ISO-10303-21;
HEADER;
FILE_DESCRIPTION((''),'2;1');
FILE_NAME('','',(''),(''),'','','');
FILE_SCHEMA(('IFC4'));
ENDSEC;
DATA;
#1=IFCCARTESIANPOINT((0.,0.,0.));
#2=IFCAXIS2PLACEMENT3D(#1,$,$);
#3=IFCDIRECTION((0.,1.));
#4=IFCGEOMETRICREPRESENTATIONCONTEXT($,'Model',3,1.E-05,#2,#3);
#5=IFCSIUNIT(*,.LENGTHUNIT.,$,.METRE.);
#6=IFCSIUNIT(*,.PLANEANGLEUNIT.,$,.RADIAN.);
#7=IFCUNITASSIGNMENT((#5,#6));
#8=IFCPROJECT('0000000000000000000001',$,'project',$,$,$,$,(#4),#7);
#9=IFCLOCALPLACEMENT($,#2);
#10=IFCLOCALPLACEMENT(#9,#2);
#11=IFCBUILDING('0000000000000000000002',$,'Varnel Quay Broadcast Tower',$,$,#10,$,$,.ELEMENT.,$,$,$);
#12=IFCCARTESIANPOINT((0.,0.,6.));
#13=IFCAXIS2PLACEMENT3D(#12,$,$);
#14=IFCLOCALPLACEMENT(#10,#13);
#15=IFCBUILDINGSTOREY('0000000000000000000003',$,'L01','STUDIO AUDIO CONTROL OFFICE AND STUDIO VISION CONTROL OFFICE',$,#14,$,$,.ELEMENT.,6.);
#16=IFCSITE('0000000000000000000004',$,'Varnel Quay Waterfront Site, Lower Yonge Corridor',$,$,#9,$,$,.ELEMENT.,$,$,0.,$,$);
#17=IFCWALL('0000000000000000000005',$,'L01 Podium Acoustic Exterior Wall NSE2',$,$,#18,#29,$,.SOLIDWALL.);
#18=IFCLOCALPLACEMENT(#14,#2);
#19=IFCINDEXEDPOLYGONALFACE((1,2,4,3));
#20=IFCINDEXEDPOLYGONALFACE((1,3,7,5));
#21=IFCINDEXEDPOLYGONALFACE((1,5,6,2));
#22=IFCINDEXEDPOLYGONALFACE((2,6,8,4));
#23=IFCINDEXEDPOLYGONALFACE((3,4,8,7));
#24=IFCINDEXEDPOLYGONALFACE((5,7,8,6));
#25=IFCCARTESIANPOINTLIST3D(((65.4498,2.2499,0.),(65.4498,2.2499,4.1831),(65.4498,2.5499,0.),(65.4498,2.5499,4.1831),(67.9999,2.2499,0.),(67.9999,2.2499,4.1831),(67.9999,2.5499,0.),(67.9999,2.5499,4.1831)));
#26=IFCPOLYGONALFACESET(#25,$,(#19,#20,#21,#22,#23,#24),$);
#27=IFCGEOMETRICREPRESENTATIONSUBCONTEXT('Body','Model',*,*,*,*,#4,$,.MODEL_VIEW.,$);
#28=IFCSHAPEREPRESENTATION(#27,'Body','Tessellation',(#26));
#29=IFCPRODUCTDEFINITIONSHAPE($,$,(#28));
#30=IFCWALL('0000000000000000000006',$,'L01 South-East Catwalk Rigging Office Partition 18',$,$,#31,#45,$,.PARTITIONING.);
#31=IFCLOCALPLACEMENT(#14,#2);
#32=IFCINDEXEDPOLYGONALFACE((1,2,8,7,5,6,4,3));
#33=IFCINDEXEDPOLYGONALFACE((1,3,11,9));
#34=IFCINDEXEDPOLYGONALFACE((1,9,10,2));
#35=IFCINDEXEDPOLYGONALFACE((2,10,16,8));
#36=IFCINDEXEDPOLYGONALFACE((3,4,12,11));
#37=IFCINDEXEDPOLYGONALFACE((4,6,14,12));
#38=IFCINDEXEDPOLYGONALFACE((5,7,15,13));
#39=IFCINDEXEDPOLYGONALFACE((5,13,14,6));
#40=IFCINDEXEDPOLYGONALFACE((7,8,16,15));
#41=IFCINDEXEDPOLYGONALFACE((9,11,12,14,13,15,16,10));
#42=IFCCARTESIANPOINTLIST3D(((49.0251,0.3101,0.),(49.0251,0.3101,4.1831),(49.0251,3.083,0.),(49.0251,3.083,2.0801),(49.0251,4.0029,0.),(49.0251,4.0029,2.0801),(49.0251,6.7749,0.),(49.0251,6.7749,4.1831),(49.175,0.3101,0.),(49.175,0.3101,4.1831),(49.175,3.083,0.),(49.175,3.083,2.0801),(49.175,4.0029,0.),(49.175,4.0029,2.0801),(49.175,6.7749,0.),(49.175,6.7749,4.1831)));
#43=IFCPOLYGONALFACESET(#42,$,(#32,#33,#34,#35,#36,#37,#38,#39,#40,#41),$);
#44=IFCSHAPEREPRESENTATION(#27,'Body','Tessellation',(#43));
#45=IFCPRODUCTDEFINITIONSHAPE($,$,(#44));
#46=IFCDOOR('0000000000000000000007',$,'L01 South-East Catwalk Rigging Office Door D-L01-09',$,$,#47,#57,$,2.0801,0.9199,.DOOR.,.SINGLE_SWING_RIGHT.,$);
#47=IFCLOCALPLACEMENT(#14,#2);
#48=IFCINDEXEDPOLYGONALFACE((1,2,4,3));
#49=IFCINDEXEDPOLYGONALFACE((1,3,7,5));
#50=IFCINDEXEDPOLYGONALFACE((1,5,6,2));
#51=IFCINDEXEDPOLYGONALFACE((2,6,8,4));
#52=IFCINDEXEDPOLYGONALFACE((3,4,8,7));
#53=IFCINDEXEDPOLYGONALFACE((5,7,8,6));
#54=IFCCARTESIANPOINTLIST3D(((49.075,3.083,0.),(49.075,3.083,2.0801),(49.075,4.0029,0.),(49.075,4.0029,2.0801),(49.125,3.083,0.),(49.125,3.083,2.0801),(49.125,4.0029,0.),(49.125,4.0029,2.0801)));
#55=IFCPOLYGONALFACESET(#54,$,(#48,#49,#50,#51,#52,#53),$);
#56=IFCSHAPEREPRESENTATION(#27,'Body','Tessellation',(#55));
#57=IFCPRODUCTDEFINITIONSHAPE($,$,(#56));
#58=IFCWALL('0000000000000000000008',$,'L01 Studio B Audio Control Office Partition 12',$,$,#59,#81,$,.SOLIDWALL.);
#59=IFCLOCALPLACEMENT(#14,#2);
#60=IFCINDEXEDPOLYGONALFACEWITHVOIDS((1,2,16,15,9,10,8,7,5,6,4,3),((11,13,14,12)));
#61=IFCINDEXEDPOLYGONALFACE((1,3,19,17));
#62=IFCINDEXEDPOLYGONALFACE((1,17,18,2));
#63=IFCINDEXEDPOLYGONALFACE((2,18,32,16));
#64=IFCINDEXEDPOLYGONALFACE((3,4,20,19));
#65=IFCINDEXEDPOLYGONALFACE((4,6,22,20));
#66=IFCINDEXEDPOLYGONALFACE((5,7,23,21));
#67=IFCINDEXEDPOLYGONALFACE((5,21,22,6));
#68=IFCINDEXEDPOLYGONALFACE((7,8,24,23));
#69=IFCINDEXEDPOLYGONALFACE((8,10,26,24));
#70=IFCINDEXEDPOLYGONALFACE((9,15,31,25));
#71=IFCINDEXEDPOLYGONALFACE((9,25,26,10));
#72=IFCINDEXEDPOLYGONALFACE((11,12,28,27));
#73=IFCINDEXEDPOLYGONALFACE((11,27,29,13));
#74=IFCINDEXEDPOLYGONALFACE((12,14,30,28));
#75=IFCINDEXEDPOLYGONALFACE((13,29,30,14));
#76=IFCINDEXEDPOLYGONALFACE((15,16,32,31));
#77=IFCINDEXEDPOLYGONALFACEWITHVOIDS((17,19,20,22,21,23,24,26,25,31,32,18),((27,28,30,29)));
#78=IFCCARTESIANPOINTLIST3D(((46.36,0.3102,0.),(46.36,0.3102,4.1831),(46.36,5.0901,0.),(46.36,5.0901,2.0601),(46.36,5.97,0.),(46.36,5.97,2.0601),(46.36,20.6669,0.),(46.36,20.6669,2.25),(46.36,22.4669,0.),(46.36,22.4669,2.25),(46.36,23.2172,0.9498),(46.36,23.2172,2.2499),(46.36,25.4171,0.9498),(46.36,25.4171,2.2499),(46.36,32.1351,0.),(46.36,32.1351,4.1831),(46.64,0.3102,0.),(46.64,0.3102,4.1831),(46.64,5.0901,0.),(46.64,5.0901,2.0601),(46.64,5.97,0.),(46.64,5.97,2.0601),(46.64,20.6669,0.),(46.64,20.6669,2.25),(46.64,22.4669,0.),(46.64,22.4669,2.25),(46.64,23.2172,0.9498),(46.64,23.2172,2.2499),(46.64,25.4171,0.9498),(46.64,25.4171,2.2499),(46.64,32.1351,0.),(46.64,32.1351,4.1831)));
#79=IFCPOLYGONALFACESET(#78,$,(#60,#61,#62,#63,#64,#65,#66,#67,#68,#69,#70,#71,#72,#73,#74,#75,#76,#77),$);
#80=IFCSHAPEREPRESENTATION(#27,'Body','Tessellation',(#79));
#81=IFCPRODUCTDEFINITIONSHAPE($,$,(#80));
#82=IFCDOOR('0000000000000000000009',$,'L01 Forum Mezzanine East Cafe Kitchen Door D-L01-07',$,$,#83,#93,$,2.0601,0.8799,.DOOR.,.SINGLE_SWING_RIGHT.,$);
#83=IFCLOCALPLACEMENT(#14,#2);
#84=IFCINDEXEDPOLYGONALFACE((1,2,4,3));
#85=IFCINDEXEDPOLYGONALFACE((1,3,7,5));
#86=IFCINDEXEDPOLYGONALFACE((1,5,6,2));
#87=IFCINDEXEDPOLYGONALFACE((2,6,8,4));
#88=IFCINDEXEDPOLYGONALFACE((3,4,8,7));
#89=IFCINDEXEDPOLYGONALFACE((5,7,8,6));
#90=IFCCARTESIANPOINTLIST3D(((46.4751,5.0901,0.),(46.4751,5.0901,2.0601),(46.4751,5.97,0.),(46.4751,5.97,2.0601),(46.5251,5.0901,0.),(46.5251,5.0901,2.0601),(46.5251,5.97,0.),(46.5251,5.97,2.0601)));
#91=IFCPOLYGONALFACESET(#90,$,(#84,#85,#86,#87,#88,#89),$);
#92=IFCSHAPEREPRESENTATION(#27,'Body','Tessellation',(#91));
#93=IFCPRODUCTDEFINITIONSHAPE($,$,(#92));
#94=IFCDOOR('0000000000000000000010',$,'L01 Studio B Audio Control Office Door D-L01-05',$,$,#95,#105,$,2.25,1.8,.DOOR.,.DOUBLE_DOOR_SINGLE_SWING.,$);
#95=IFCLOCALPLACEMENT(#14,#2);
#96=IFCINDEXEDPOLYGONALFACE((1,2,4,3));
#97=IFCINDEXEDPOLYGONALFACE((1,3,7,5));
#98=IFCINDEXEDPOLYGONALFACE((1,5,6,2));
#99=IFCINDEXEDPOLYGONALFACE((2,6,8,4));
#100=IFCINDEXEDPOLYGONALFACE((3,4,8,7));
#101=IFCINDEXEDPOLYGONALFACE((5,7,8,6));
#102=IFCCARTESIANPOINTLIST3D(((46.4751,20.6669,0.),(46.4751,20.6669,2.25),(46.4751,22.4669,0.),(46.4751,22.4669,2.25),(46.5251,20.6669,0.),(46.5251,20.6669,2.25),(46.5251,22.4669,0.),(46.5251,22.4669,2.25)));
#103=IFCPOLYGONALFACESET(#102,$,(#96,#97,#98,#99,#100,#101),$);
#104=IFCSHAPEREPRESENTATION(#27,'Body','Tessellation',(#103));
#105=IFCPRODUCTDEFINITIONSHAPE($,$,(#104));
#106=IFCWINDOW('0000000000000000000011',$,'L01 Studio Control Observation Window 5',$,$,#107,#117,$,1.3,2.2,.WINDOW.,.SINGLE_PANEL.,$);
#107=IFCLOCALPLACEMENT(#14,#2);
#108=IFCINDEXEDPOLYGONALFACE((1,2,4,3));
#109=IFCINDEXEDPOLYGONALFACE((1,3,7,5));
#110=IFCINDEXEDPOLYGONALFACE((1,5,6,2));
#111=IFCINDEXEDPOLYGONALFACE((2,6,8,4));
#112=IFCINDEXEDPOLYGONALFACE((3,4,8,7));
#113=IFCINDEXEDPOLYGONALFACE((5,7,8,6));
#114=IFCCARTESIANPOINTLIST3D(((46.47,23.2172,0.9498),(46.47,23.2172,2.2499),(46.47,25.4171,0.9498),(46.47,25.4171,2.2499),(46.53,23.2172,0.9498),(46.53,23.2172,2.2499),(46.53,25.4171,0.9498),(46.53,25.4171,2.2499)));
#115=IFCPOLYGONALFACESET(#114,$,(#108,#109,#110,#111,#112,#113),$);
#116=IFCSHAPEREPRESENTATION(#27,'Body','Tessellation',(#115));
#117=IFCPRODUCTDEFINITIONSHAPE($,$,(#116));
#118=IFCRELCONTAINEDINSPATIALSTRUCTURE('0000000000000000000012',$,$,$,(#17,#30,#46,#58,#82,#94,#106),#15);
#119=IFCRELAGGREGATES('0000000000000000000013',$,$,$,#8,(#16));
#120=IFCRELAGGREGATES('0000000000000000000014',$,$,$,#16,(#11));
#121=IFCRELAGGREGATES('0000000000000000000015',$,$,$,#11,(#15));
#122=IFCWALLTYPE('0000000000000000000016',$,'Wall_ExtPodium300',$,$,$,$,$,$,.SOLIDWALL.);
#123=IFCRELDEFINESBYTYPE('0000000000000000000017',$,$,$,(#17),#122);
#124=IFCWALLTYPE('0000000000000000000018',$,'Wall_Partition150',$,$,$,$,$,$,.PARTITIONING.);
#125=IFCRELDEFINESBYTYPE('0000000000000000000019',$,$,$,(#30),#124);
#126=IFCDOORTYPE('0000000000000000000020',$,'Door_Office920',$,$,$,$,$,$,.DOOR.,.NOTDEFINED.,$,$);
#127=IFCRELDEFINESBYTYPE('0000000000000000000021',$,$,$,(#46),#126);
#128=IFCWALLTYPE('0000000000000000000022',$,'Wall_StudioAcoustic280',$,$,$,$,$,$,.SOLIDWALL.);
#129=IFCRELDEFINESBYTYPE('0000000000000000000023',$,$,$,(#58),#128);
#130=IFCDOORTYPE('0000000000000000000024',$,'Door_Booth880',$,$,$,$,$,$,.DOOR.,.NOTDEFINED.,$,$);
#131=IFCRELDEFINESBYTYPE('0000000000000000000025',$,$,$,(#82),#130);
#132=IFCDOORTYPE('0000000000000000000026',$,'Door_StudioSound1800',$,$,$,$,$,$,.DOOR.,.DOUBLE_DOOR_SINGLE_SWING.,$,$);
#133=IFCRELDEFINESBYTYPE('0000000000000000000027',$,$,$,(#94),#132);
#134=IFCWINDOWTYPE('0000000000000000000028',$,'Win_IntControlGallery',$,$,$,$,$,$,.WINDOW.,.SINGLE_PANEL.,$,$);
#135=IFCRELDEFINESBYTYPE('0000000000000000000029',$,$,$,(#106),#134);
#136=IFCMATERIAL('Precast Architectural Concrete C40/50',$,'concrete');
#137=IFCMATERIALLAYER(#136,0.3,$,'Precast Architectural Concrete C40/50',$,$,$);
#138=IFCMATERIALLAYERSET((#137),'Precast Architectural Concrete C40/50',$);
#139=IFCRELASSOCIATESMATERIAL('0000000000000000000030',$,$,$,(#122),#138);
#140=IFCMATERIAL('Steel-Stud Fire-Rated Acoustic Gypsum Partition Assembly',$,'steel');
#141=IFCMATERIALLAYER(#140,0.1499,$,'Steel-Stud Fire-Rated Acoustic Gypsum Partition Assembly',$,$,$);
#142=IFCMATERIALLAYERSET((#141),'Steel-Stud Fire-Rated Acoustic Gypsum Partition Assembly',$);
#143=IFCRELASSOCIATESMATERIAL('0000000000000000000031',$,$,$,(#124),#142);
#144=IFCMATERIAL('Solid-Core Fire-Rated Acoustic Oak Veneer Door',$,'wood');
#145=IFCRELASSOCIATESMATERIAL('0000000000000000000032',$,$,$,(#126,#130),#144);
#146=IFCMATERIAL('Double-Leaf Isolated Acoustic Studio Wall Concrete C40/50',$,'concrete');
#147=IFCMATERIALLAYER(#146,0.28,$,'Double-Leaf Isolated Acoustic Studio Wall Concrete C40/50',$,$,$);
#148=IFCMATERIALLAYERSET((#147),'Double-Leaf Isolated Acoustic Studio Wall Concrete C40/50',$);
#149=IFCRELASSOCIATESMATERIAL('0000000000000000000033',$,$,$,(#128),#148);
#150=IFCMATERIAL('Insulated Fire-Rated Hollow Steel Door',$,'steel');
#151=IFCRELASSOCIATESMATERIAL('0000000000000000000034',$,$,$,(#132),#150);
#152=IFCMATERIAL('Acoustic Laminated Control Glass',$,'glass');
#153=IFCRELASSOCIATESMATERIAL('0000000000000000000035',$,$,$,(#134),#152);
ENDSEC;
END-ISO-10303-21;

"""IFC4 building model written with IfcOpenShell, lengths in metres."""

from ifc_helpers import new_model, si_unit, direction, frame, frame_2d, origin, place, context, subcontext, project, spatial, rectangle, extrude, source, transform, mapped, material, layer, layer_set, type_object, type_shapes, element, fill, save


model = new_model("IFC4")

# Units and contexts
model_context = context("Model", 3, precision=1e-05, world=origin(), true_north=direction((0.0, 1.0)))
body_context = subcontext(model_context, "Body", "Model", "MODEL_VIEW")
ifc_project = project(units=[si_unit("LENGTHUNIT", "METRE"), si_unit("PLANEANGLEUNIT", "RADIAN")], contexts=[model_context])

# Site, building, storey
site_placement = place(None, origin())
site = spatial("IfcSite", under=ifc_project, at=site_placement, Name="Varnel Quay Waterfront Site, Lower Yonge Corridor", CompositionType="ELEMENT", RefElevation=0.0)
building_placement = place(site_placement, origin())
building = spatial("IfcBuilding", under=site, at=building_placement, Name="Varnel Quay Broadcast Tower", CompositionType="ELEMENT")
storey_placement = place(building_placement, frame((0.0, 0.0, 6.0)))
storey = spatial("IfcBuildingStorey", under=building, at=storey_placement, Name="L01", Description="STUDIO AUDIO CONTROL OFFICE AND STUDIO VISION CONTROL OFFICE", CompositionType="ELEMENT", Elevation=6.0)

# Shared definitions
ifc_material_1 = material(Name="Precast Architectural Concrete C40/50", Category="concrete")
ifc_layer_1 = layer(ifc_material_1, 0.3, Name="Precast Architectural Concrete C40/50")
ifc_layer_set_1 = layer_set([ifc_layer_1], Name="Precast Architectural Concrete C40/50")
wall_type_1 = type_object("IfcWallType", Name="Wall_ExtPodium300", PredefinedType="SOLIDWALL", material=ifc_layer_set_1)

# Wall
for number, where, z_axis, x_axis, name in (
    (1, (65.45, 2.3999, 0.0), (0.0, 0.0, 1.0), (1.0, 0.0, 0.0), "L01 Podium Acoustic Exterior Wall NSE2"),
):
    element("IfcWall", number, at=place(storey_placement, frame(where, z_axis=z_axis, x_axis=x_axis)), inside=storey, type_object=wall_type_1, Name=name, PredefinedType="SOLIDWALL", context=body_context, shape_type="SweptSolid", body=[
        extrude(rectangle(XDim=2.55, YDim=0.3, at=frame_2d((1.2749, 0.0))), origin(), (0.0, 0.0, 1.0), 4.1831),
    ])

# Wall, opening, door
ifc_material_2 = material(Name="Steel-Stud Fire-Rated Acoustic Gypsum Partition Assembly", Category="steel")
ifc_layer_2 = layer(ifc_material_2, 0.1499, Name="Steel-Stud Fire-Rated Acoustic Gypsum Partition Assembly")
ifc_layer_set_2 = layer_set([ifc_layer_2], Name="Steel-Stud Fire-Rated Acoustic Gypsum Partition Assembly")
wall_type_2 = type_object("IfcWallType", Name="Wall_Partition150", PredefinedType="PARTITIONING", material=ifc_layer_set_2)
wall_1_placement = place(storey_placement, frame((49.1001, 0.3101, 0.0), z_axis=(0.0, 0.0, 1.0), x_axis=(0.0, 1.0, 0.0)))
wall_1 = element("IfcWall", 2, at=wall_1_placement, inside=storey, type_object=wall_type_2, Name="L01 South-East Catwalk Rigging Office Partition 18", PredefinedType="PARTITIONING", context=body_context, shape_type="SweptSolid", body=[
    extrude(rectangle(XDim=6.4648, YDim=0.1499, at=frame_2d((3.2324, 0.0))), origin(), (0.0, 0.0, 1.0), 4.1831),
])
opening_1_placement = place(wall_1_placement, frame((2.7729, 0.0, 0.0)))
opening_1 = element("IfcOpeningElement", 3, at=opening_1_placement, cuts=wall_1, PredefinedType="OPENING", context=body_context, shape_type="SweptSolid", body=[
    extrude(rectangle(XDim=0.9199, YDim=2.0801, at=frame_2d((0.46, 1.04))), frame((0.0, 0.085, 0.0), z_axis=(0.0, -1.0, 0.0), x_axis=(1.0, 0.0, 0.0)), (0.0, 0.0, 1.0), 0.1699),
])
ifc_material_3 = material(Name="Solid-Core Fire-Rated Acoustic Oak Veneer Door", Category="wood")
door_type_1 = type_object("IfcDoorType", Name="Door_Office920", OperationType="NOTDEFINED", PredefinedType="DOOR", material=ifc_material_3)
shared_shape_1 = source(origin(), body_context, "Body", "SweptSolid", [
    extrude(rectangle(XDim=0.9199, YDim=2.0801, at=frame_2d((0.46, 1.04))), frame((0.0, 0.0249, 0.0), z_axis=(0.0, -1.0, 0.0), x_axis=(1.0, 0.0, 0.0)), (0.0, 0.0, 1.0), 0.05),
])
type_shapes(door_type_1, [shared_shape_1])
door_1_placement = place(opening_1_placement, frame((0.9199, 0.0, 0.0), z_axis=(0.0, 0.0, 1.0), x_axis=(-1.0, 0.0, 0.0)))
door_1 = element("IfcDoor", 4, at=door_1_placement, inside=storey, type_object=door_type_1, Name="L01 South-East Catwalk Rigging Office Door D-L01-09", OperationType="SINGLE_SWING_RIGHT", OverallHeight=2.0801, OverallWidth=0.9199, PredefinedType="DOOR", context=body_context, shape_type="MappedRepresentation", body=[
    mapped(shared_shape_1, transform((0.0, 0.0, 0.0), x_axis=(1.0, 0.0, 0.0), y_axis=(0.0, 1.0, 0.0), z_axis=(0.0, 0.0, 1.0), scale=1.0)),
])
fill(opening_1, door_1)

# Wall, openings, doors, window
ifc_material_4 = material(Name="Double-Leaf Isolated Acoustic Studio Wall Concrete C40/50", Category="concrete")
ifc_layer_3 = layer(ifc_material_4, 0.28, Name="Double-Leaf Isolated Acoustic Studio Wall Concrete C40/50")
ifc_layer_set_3 = layer_set([ifc_layer_3], Name="Double-Leaf Isolated Acoustic Studio Wall Concrete C40/50")
wall_type_3 = type_object("IfcWallType", Name="Wall_StudioAcoustic280", PredefinedType="SOLIDWALL", material=ifc_layer_set_3)
wall_2_placement = place(storey_placement, frame((46.5, 0.3101, 0.0), z_axis=(0.0, 0.0, 1.0), x_axis=(0.0, 1.0, 0.0)))
wall_2 = element("IfcWall", 5, at=wall_2_placement, inside=storey, type_object=wall_type_3, Name="L01 Studio B Audio Control Office Partition 12", PredefinedType="SOLIDWALL", context=body_context, shape_type="SweptSolid", body=[
    extrude(rectangle(XDim=31.825, YDim=0.28, at=frame_2d((15.9126, 0.0))), origin(), (0.0, 0.0, 1.0), 4.1831),
])
opening_2_placement = place(wall_2_placement, frame((20.3569, 0.0, 0.0)))
opening_2 = element("IfcOpeningElement", 6, at=opening_2_placement, cuts=wall_2, PredefinedType="OPENING", context=body_context, shape_type="SweptSolid", body=[
    extrude(rectangle(XDim=1.8, YDim=2.25, at=frame_2d((0.8999, 1.125))), frame((0.0, 0.1499, 0.0), z_axis=(0.0, -1.0, 0.0), x_axis=(1.0, 0.0, 0.0)), (0.0, 0.0, 1.0), 0.3),
])
opening_3_placement = place(wall_2_placement, frame((22.907, 0.0, 0.95)))
opening_3 = element("IfcOpeningElement", 7, at=opening_3_placement, cuts=wall_2, PredefinedType="OPENING", context=body_context, shape_type="SweptSolid", body=[
    extrude(rectangle(XDim=2.2, YDim=1.3, at=frame_2d((1.1001, 0.6499))), frame((0.0, 0.1499, 0.0), z_axis=(0.0, -1.0, 0.0), x_axis=(1.0, 0.0, 0.0)), (0.0, 0.0, 1.0), 0.3),
])
opening_4_placement = place(wall_2_placement, frame((4.78, 0.0, 0.0)))
opening_4 = element("IfcOpeningElement", 8, at=opening_4_placement, cuts=wall_2, PredefinedType="OPENING", context=body_context, shape_type="SweptSolid", body=[
    extrude(rectangle(XDim=0.8799, YDim=2.0601, at=frame_2d((0.4399, 1.03))), frame((0.0, 0.1499, 0.0), z_axis=(0.0, -1.0, 0.0), x_axis=(1.0, 0.0, 0.0)), (0.0, 0.0, 1.0), 0.3),
])
door_type_2 = type_object("IfcDoorType", Name="Door_Booth880", OperationType="NOTDEFINED", PredefinedType="DOOR", material=ifc_material_3)
shared_shape_2 = source(origin(), body_context, "Body", "SweptSolid", [
    extrude(rectangle(XDim=0.8799, YDim=2.0601, at=frame_2d((0.4399, 1.03))), frame((0.0, 0.0249, 0.0), z_axis=(0.0, -1.0, 0.0), x_axis=(1.0, 0.0, 0.0)), (0.0, 0.0, 1.0), 0.05),
])
type_shapes(door_type_2, [shared_shape_2])
door_2_placement = place(opening_4_placement, origin())
door_2 = element("IfcDoor", 9, at=door_2_placement, inside=storey, type_object=door_type_2, Name="L01 Forum Mezzanine East Cafe Kitchen Door D-L01-07", OperationType="SINGLE_SWING_RIGHT", OverallHeight=2.0601, OverallWidth=0.8799, PredefinedType="DOOR", context=body_context, shape_type="MappedRepresentation", body=[
    mapped(shared_shape_2, transform((0.0, 0.0, 0.0), x_axis=(1.0, 0.0, 0.0), y_axis=(0.0, 1.0, 0.0), z_axis=(0.0, 0.0, 1.0), scale=1.0)),
])
fill(opening_4, door_2)
ifc_material_5 = material(Name="Insulated Fire-Rated Hollow Steel Door", Category="steel")
door_type_3 = type_object("IfcDoorType", Name="Door_StudioSound1800", OperationType="DOUBLE_DOOR_SINGLE_SWING", PredefinedType="DOOR", material=ifc_material_5)
shared_shape_3 = source(origin(), body_context, "Body", "SweptSolid", [
    extrude(rectangle(XDim=1.8, YDim=2.25, at=frame_2d((0.8999, 1.125))), frame((0.0, 0.0249, 0.0), z_axis=(0.0, -1.0, 0.0), x_axis=(1.0, 0.0, 0.0)), (0.0, 0.0, 1.0), 0.05),
])
type_shapes(door_type_3, [shared_shape_3])
door_3_placement = place(opening_2_placement, origin())
door_3 = element("IfcDoor", 10, at=door_3_placement, inside=storey, type_object=door_type_3, Name="L01 Studio B Audio Control Office Door D-L01-05", OperationType="DOUBLE_DOOR_SINGLE_SWING", OverallHeight=2.25, OverallWidth=1.8, PredefinedType="DOOR", context=body_context, shape_type="MappedRepresentation", body=[
    mapped(shared_shape_3, transform((0.0, 0.0, 0.0), x_axis=(1.0, 0.0, 0.0), y_axis=(0.0, 1.0, 0.0), z_axis=(0.0, 0.0, 1.0), scale=1.0)),
])
fill(opening_2, door_3)
ifc_material_6 = material(Name="Acoustic Laminated Control Glass", Category="glass")
window_type_1 = type_object("IfcWindowType", Name="Win_IntControlGallery", PartitioningType="SINGLE_PANEL", PredefinedType="WINDOW", material=ifc_material_6)
shared_shape_4 = source(origin(), body_context, "Body", "SweptSolid", [
    extrude(rectangle(XDim=2.2, YDim=1.3, at=frame_2d((1.1001, 0.6499))), frame((0.0, 0.03, 0.0), z_axis=(0.0, -1.0, 0.0), x_axis=(1.0, 0.0, 0.0)), (0.0, 0.0, 1.0), 0.0601),
])
type_shapes(window_type_1, [shared_shape_4])
window_1_placement = place(opening_3_placement, origin())
window_1 = element("IfcWindow", 11, at=window_1_placement, inside=storey, type_object=window_type_1, Name="L01 Studio Control Observation Window 5", OverallHeight=1.3, OverallWidth=2.2, PartitioningType="SINGLE_PANEL", PredefinedType="WINDOW", context=body_context, shape_type="MappedRepresentation", body=[
    mapped(shared_shape_4, transform((0.0, 0.0, 0.0), x_axis=(1.0, 0.0, 0.0), y_axis=(0.0, 1.0, 0.0), z_axis=(0.0, 0.0, 1.0), scale=1.0)),
])
fill(opening_3, window_1)

save(model, "model.ifc")
